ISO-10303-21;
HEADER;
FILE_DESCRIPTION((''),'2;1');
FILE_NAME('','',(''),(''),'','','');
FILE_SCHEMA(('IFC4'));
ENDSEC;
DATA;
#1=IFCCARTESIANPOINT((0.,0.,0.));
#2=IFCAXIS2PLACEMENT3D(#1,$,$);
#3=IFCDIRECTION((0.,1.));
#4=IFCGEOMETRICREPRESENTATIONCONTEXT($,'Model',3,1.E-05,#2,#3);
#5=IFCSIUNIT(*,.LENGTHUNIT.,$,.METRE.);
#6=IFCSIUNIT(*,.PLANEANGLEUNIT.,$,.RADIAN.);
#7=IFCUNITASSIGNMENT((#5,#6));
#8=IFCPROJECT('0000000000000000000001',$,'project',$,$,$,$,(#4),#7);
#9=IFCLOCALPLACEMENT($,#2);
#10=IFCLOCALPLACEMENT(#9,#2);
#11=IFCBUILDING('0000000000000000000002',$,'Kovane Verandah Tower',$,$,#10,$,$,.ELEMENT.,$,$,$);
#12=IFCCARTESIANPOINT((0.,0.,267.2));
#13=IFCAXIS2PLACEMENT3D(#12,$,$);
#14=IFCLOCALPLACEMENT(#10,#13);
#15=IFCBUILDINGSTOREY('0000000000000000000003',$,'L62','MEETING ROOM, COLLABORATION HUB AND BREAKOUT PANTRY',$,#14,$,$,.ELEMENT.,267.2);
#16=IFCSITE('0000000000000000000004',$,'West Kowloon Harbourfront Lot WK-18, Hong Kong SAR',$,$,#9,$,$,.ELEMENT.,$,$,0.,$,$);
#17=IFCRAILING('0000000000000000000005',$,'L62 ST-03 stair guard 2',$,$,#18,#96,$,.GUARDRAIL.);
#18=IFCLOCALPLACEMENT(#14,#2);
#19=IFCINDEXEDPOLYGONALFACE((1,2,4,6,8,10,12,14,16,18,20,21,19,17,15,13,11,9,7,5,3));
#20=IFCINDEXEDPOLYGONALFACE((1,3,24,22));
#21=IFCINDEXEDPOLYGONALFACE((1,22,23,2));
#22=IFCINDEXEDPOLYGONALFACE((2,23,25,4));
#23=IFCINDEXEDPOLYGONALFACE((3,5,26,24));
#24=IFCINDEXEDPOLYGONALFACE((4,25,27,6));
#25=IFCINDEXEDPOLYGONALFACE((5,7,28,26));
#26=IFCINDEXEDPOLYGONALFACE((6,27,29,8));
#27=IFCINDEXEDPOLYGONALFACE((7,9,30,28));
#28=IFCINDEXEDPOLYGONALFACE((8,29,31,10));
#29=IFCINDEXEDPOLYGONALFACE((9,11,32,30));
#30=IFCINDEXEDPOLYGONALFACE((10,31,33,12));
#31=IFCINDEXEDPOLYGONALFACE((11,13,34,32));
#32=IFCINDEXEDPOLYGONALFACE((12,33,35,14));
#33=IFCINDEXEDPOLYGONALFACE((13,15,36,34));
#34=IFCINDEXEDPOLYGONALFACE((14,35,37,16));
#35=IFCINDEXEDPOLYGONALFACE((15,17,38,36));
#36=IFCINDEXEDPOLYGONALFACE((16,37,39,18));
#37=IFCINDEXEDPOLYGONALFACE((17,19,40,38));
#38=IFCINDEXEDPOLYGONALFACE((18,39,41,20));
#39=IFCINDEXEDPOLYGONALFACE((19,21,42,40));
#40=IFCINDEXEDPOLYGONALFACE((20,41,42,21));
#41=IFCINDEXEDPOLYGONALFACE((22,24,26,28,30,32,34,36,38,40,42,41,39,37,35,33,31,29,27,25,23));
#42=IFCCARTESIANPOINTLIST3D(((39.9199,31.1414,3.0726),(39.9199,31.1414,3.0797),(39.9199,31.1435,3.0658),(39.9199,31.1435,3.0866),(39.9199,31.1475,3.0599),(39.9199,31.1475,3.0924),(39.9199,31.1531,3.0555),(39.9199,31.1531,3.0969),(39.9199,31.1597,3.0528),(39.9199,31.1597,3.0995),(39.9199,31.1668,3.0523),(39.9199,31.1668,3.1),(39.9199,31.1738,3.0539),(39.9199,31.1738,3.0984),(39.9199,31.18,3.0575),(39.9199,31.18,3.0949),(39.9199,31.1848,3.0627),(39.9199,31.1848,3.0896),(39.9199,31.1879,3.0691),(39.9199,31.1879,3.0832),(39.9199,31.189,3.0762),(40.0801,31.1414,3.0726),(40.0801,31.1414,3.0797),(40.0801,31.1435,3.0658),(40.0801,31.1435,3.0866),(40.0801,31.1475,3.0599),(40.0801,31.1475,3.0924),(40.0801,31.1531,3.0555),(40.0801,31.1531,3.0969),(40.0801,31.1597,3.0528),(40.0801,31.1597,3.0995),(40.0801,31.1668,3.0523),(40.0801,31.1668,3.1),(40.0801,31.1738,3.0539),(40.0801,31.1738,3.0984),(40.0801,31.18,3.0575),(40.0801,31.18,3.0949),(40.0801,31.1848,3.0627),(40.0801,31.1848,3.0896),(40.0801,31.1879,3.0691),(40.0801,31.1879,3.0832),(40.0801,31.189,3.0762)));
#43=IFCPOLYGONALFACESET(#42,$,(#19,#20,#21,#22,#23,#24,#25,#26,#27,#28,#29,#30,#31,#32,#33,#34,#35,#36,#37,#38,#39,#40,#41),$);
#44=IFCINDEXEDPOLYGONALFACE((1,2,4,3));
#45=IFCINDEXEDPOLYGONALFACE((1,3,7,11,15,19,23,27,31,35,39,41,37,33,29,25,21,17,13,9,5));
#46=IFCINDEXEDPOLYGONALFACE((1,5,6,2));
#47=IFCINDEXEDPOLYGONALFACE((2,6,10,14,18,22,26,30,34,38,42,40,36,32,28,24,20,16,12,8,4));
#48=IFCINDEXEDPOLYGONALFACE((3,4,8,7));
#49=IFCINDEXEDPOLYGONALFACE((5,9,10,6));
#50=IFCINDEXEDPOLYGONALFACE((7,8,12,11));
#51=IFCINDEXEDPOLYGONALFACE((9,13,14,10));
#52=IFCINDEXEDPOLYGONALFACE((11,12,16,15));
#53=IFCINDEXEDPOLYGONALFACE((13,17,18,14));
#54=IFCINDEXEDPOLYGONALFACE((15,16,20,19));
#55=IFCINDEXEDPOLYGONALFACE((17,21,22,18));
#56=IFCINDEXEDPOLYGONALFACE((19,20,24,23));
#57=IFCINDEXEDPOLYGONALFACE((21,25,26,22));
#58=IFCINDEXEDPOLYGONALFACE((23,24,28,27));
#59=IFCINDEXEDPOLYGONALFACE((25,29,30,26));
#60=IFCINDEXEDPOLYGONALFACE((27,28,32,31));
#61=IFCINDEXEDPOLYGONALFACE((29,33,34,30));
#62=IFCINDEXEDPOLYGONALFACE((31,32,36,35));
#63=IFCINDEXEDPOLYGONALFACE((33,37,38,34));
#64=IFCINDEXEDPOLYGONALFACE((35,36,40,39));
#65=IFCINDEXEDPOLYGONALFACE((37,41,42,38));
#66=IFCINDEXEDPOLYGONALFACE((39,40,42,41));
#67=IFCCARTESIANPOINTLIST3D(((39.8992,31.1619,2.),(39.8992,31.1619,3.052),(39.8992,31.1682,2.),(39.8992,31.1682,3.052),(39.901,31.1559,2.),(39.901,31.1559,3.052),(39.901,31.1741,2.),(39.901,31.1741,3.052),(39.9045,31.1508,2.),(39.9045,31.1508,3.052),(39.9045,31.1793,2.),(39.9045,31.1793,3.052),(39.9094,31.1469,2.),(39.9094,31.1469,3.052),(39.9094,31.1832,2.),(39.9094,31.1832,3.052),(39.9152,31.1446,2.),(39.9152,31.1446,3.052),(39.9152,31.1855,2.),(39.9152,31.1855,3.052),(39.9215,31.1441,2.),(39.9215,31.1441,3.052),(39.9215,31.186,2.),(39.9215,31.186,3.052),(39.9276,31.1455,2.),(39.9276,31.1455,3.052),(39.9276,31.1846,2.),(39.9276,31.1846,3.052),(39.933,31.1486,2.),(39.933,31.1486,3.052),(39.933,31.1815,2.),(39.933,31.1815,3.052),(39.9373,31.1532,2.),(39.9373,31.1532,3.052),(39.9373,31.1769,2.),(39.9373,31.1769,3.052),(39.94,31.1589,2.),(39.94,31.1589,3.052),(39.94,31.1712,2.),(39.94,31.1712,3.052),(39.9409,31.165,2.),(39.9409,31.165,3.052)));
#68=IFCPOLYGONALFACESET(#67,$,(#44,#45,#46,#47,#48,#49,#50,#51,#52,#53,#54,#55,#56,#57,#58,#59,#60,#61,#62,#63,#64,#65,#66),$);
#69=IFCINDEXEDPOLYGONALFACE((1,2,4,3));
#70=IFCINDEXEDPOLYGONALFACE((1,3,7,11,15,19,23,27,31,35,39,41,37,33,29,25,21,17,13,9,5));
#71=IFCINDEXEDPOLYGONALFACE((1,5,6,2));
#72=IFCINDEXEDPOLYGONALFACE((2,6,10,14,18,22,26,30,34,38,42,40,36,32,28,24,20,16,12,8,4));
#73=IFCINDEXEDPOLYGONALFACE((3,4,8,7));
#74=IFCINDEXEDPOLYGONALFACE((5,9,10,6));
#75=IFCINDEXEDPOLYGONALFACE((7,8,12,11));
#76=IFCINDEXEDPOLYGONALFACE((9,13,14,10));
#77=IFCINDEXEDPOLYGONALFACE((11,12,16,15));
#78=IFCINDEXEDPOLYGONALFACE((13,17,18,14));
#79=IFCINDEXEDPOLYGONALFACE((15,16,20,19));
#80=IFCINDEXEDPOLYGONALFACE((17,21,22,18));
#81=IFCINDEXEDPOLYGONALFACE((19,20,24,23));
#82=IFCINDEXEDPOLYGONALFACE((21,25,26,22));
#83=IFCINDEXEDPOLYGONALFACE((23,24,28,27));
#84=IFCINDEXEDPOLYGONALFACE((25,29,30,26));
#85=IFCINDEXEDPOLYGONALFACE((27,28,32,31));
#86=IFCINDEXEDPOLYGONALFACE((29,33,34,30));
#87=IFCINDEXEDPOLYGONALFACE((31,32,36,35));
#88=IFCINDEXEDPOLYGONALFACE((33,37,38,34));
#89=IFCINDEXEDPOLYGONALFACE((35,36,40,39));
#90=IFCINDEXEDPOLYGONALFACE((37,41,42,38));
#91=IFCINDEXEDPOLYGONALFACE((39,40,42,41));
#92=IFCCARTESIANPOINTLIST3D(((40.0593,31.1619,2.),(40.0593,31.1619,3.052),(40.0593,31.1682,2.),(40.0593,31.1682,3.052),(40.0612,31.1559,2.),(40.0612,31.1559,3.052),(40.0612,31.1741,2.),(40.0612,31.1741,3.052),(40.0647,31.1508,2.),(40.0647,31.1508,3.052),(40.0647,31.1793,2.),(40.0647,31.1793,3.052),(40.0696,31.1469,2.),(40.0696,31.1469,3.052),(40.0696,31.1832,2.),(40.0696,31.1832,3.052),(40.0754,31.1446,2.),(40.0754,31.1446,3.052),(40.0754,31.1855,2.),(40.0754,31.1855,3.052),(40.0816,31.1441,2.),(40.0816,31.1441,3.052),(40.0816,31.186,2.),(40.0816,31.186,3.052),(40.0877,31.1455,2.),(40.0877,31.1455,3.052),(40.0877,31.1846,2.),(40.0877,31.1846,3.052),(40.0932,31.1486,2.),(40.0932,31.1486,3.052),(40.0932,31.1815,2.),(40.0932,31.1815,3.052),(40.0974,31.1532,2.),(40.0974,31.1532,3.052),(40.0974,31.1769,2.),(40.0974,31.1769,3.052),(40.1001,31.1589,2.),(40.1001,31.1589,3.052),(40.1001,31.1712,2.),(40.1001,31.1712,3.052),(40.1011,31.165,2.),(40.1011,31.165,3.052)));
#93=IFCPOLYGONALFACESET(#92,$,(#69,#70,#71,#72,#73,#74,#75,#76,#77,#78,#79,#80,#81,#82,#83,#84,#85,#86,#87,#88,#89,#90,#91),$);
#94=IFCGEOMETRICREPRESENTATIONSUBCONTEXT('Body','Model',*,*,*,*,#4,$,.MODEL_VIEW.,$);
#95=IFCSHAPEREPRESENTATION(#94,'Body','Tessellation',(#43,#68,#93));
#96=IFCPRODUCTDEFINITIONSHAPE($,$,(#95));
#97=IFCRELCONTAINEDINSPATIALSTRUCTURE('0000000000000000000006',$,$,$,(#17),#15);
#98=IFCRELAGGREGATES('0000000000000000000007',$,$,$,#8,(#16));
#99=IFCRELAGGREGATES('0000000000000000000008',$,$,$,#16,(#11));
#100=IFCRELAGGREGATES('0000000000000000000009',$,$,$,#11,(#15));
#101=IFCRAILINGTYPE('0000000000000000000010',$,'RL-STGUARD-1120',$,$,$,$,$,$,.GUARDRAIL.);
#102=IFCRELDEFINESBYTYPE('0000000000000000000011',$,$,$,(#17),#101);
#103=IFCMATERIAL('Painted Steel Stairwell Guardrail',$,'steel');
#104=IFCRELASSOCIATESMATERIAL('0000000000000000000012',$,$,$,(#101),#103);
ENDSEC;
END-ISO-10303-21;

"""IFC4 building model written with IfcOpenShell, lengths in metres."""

from ifc_helpers import new_model, si_unit, direction, frame, origin, origin_2d, place, context, subcontext, project, spatial, circle, extrude, material, type_object, element, save


model = new_model("IFC4")

# Units and contexts
model_context = context("Model", 3, precision=1e-05, world=origin(), true_north=direction((0.0, 1.0)))
body_context = subcontext(model_context, "Body", "Model", "MODEL_VIEW")
ifc_project = project(units=[si_unit("LENGTHUNIT", "METRE"), si_unit("PLANEANGLEUNIT", "RADIAN")], contexts=[model_context])

# Site, building, storey
site_placement = place(None, origin())
site = spatial("IfcSite", under=ifc_project, at=site_placement, Name="West Kowloon Harbourfront Lot WK-18, Hong Kong SAR", CompositionType="ELEMENT", RefElevation=0.0)
building_placement = place(site_placement, origin())
building = spatial("IfcBuilding", under=site, at=building_placement, Name="Kovane Verandah Tower", CompositionType="ELEMENT")
storey_placement = place(building_placement, frame((0.0, 0.0, 267.2)))
storey = spatial("IfcBuildingStorey", under=building, at=storey_placement, Name="L62", Description="MEETING ROOM, COLLABORATION HUB AND BREAKOUT PANTRY", CompositionType="ELEMENT", Elevation=267.2)

# Railing
ifc_material_1 = material(Name="Painted Steel Stairwell Guardrail", Category="steel")
railing_type_1 = type_object("IfcRailingType", Name="RL-STGUARD-1120", PredefinedType="GUARDRAIL", material=ifc_material_1)
railing_1_placement = place(storey_placement, frame((39.9199, 31.165, 2.0)))
element("IfcRailing", 1, at=railing_1_placement, inside=storey, type_object=railing_type_1, Name="L62 ST-03 stair guard 2", PredefinedType="GUARDRAIL", context=body_context, shape_type="SweptSolid", body=[
    extrude(circle(Radius=0.0239, at=origin_2d()), frame((0.0, 0.0, 1.0762), z_axis=(1.0, 0.0, 0.0), x_axis=(0.0, 1.0, 0.0)), (0.0, 0.0, 1.0), 0.1602),
    extrude(circle(Radius=0.021, at=origin_2d()), origin(), (0.0, 0.0, 1.0), 1.052),
    extrude(circle(Radius=0.021, at=origin_2d()), frame((0.1602, 0.0, 0.0)), (0.0, 0.0, 1.0), 1.052),
])

save(model, "model.ifc")
